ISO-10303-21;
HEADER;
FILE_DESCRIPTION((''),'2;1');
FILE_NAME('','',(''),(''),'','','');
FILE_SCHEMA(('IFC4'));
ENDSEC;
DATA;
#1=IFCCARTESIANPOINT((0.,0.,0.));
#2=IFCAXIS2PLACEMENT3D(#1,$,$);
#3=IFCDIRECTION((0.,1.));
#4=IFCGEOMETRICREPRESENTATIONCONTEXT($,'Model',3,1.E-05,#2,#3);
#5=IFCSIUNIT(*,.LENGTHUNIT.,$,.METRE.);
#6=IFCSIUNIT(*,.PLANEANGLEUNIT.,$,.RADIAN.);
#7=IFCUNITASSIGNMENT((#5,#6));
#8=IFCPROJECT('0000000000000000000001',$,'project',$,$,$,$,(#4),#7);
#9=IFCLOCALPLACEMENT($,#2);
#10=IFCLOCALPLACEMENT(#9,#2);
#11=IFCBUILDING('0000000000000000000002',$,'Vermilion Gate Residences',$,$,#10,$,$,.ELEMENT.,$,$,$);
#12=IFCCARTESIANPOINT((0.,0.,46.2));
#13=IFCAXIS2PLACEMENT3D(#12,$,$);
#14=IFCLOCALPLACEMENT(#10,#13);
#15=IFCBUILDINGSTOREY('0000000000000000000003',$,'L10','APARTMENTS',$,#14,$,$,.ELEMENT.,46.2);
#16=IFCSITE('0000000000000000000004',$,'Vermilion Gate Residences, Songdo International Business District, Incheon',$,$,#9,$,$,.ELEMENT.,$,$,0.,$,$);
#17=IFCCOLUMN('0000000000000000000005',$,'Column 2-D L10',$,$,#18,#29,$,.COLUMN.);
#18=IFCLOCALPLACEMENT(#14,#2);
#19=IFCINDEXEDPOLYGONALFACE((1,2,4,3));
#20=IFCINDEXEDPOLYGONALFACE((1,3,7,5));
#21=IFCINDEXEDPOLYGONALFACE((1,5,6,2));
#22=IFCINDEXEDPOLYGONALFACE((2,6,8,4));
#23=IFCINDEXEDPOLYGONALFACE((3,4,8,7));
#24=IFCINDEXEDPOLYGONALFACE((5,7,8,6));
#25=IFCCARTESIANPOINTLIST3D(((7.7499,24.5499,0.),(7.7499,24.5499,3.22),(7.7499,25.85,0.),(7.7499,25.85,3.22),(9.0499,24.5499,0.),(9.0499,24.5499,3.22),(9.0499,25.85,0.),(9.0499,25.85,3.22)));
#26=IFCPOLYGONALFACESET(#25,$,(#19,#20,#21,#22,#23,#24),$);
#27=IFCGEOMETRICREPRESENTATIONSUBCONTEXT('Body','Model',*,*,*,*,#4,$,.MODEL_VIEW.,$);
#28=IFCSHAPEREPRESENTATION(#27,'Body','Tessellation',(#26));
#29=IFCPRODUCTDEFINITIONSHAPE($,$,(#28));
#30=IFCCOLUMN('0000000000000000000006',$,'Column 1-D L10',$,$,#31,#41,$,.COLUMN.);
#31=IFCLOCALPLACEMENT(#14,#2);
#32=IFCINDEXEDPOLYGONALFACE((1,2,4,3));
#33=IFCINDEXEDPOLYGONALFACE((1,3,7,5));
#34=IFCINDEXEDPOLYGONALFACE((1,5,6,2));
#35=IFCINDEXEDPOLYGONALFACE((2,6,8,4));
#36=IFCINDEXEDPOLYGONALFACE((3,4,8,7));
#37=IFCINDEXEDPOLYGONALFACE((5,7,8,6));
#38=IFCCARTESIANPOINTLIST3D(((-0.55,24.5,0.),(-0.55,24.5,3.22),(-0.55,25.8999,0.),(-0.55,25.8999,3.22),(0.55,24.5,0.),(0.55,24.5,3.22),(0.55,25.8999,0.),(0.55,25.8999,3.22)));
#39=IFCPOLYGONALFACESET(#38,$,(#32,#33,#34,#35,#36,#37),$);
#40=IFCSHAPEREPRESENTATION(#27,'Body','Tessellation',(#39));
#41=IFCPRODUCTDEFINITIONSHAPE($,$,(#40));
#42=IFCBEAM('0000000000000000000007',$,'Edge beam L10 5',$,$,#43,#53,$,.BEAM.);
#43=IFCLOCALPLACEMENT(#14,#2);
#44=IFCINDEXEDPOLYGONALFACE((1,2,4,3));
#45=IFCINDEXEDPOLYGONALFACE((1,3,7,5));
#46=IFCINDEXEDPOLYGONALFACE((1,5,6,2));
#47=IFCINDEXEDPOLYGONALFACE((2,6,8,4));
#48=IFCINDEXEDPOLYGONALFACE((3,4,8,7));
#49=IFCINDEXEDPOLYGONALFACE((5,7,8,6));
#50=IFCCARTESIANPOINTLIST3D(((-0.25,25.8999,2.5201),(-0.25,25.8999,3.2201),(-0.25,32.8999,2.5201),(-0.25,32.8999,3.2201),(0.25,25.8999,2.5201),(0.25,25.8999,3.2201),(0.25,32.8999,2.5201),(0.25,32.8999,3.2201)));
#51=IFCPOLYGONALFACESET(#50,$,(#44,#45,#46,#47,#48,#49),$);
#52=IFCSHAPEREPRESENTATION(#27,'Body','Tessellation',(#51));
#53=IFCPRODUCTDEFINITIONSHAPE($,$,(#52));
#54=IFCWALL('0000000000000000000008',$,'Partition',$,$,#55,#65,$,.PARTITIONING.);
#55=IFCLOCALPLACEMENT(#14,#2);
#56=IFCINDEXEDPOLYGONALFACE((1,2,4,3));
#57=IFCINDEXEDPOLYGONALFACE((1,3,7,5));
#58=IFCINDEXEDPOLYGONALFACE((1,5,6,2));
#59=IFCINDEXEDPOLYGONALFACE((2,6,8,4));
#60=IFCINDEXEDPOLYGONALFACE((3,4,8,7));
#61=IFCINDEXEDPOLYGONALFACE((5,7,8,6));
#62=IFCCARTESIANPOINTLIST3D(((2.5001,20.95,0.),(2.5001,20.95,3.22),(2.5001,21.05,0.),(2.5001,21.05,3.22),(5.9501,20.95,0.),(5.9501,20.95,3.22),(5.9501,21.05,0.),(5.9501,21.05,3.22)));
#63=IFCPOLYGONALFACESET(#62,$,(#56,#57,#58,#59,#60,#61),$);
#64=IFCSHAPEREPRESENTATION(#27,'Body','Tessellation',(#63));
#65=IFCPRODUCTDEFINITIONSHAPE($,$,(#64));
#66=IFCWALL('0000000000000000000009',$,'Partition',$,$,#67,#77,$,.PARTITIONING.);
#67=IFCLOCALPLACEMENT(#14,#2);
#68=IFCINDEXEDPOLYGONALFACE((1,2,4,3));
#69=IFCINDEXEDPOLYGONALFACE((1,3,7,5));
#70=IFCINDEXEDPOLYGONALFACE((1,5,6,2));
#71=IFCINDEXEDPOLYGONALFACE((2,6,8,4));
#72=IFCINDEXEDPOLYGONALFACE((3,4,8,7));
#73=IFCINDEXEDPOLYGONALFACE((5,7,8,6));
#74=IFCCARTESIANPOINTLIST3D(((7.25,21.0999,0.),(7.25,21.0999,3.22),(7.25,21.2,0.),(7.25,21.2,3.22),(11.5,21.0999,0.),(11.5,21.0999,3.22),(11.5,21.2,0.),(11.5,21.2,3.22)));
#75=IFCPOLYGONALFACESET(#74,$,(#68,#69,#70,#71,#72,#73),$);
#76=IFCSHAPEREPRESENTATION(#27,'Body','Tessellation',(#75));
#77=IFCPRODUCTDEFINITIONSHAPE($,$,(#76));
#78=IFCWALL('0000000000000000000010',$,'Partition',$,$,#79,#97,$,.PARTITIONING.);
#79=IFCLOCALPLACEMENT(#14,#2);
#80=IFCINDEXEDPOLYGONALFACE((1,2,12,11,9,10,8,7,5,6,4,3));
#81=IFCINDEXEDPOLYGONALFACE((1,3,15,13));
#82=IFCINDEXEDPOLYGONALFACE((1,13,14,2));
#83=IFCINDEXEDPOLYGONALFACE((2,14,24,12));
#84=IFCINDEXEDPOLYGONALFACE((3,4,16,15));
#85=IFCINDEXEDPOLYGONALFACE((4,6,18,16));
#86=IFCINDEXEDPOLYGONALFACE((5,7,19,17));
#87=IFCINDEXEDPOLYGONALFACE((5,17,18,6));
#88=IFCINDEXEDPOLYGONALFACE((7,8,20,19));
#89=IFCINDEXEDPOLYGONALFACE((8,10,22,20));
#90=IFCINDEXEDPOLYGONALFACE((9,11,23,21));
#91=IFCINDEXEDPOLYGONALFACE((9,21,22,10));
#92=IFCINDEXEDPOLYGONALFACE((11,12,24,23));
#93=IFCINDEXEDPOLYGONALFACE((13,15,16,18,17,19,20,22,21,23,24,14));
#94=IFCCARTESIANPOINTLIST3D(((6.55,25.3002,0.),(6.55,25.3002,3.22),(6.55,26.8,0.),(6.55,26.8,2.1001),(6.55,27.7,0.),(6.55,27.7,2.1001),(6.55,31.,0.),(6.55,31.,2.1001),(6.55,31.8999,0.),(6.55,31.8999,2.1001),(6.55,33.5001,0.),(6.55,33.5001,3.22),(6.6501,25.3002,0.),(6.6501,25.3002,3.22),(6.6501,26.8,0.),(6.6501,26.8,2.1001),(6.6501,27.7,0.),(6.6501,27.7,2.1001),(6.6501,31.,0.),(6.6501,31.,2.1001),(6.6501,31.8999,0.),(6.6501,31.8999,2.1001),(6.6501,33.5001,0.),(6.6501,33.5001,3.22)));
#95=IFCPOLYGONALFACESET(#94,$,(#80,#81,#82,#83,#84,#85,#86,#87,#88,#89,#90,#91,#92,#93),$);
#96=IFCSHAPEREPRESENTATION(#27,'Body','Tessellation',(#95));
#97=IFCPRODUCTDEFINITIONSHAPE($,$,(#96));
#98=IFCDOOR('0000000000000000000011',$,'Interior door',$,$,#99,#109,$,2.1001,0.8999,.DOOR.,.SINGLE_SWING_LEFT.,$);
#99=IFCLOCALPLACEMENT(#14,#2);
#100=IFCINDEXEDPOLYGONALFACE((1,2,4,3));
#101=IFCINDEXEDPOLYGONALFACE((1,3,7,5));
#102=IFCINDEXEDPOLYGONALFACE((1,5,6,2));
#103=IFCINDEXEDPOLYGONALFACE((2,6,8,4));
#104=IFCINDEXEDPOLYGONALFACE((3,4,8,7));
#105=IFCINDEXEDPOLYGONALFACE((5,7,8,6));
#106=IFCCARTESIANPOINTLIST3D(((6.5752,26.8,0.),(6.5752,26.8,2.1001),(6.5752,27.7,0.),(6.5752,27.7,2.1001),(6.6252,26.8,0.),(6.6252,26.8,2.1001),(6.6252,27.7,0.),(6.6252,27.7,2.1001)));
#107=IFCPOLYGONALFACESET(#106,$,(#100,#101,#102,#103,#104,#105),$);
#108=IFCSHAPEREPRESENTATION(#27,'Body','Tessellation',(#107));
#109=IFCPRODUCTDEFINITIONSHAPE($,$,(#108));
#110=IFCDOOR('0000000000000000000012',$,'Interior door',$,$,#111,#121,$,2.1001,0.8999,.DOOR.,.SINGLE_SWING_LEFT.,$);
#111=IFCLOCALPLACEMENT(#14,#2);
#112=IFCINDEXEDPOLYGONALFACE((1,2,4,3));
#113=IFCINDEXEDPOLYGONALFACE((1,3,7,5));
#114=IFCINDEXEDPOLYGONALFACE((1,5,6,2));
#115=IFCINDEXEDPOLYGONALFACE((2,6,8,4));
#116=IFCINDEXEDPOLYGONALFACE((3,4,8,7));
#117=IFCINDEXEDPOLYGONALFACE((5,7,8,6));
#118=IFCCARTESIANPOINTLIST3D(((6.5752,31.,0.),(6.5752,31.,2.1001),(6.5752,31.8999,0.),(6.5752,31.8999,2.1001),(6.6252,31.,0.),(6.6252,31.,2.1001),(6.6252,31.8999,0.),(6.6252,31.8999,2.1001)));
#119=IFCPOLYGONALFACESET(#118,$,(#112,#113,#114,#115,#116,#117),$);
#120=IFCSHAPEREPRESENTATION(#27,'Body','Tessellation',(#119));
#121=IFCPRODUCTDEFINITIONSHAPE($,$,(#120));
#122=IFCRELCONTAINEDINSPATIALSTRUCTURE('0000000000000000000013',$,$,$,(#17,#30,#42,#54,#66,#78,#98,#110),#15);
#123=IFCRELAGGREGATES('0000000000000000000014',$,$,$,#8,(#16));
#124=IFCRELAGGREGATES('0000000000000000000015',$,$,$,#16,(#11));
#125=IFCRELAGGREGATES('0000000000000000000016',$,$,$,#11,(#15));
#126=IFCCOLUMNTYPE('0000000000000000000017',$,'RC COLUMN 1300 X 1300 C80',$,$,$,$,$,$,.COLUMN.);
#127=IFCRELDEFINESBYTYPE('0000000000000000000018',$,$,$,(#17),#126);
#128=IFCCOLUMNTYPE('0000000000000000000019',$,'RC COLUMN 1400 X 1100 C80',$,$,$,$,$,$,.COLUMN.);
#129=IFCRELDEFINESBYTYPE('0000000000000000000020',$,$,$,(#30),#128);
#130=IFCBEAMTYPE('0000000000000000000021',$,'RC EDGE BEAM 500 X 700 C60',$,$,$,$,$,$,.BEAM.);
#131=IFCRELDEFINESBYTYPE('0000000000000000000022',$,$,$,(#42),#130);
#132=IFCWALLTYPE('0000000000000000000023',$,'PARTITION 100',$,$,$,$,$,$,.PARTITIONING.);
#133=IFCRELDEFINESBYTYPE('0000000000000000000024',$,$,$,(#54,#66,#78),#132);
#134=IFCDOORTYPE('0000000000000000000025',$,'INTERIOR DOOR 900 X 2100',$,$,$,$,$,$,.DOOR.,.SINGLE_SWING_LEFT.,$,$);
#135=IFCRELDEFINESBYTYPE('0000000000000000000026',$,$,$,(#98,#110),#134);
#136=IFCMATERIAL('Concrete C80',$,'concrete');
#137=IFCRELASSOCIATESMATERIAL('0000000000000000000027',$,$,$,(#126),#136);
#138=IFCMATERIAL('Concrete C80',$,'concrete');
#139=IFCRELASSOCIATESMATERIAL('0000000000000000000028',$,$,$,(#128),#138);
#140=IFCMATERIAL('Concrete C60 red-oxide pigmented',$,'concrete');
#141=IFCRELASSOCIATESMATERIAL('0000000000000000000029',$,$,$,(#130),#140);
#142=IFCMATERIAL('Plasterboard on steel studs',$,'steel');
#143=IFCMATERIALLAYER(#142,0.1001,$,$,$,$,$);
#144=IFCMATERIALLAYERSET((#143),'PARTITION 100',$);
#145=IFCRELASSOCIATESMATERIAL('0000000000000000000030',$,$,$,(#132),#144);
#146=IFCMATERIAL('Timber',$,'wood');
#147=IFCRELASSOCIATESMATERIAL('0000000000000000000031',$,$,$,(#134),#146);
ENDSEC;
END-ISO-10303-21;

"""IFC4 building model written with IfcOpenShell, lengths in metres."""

from ifc_helpers import new_model, si_unit, direction, frame, frame_2d, origin, origin_2d, place, context, subcontext, project, spatial, rectangle, extrude, material, layer, layer_set, material_profile, profile_set, type_object, element, fill, save


model = new_model("IFC4")

# Units and contexts
model_context = context("Model", 3, precision=1e-05, world=origin(), true_north=direction((0.0, 1.0)))
body_context = subcontext(model_context, "Body", "Model", "MODEL_VIEW")
ifc_project = project(units=[si_unit("LENGTHUNIT", "METRE"), si_unit("PLANEANGLEUNIT", "RADIAN")], contexts=[model_context])

# Site, building, storey
site_placement = place(None, origin())
site = spatial("IfcSite", under=ifc_project, at=site_placement, Name="Vermilion Gate Residences, Songdo International Business District, Incheon", CompositionType="ELEMENT", RefElevation=0.0)
building_placement = place(site_placement, origin())
building = spatial("IfcBuilding", under=site, at=building_placement, Name="Vermilion Gate Residences", CompositionType="ELEMENT")
storey_placement = place(building_placement, frame((0.0, 0.0, 46.2)))
storey = spatial("IfcBuildingStorey", under=building, at=storey_placement, Name="L10", Description="APARTMENTS", CompositionType="ELEMENT", Elevation=46.2)

# Columns
ifc_material_1 = material(Name="Concrete C80", Category="concrete")
ifc_material_profile_1 = material_profile(ifc_material_1, rectangle(XDim=1.3, YDim=1.3, at=origin_2d()), Name="RC-1300x1300")
ifc_profile_set_1 = profile_set([ifc_material_profile_1], Name="Concrete C80")
column_type_1 = type_object("IfcColumnType", Name="RC COLUMN 1300 X 1300 C80", PredefinedType="COLUMN", material=ifc_profile_set_1)
column_1_placement = place(storey_placement, frame((8.3999, 25.2, 0.0), z_axis=(0.0, 0.0, 1.0), x_axis=(1.0, 0.0, 0.0)))
element("IfcColumn", 1, at=column_1_placement, inside=storey, type_object=column_type_1, Name="Column 2-D L10", PredefinedType="COLUMN", context=body_context, shape_type="SweptSolid", body=[
    extrude(rectangle(XDim=1.3, YDim=1.3, at=origin_2d()), origin(), (0.0, 0.0, 1.0), 3.22),
])
ifc_material_2 = material(Name="Concrete C80", Category="concrete")
ifc_material_profile_2 = material_profile(ifc_material_2, rectangle(XDim=1.3999, YDim=1.1001, at=origin_2d()), Name="RC-1400x1100")
ifc_profile_set_2 = profile_set([ifc_material_profile_2], Name="Concrete C80")
column_type_2 = type_object("IfcColumnType", Name="RC COLUMN 1400 X 1100 C80", PredefinedType="COLUMN", material=ifc_profile_set_2)
column_2_placement = place(storey_placement, frame((0.0, 25.2, 0.0), z_axis=(0.0, 0.0, 1.0), x_axis=(0.0, 1.0, 0.0)))
element("IfcColumn", 2, at=column_2_placement, inside=storey, type_object=column_type_2, Name="Column 1-D L10", PredefinedType="COLUMN", context=body_context, shape_type="SweptSolid", body=[
    extrude(rectangle(XDim=1.3999, YDim=1.1001, at=origin_2d()), origin(), (0.0, 0.0, 1.0), 3.22),
])

# Beam
ifc_material_3 = material(Name="Concrete C60 red-oxide pigmented", Category="concrete")
ifc_material_profile_3 = material_profile(ifc_material_3, rectangle(XDim=0.5, YDim=0.7, at=origin_2d()), Name="RC-500x700")
ifc_profile_set_3 = profile_set([ifc_material_profile_3], Name="Concrete C60 red-oxide pigmented")
beam_type = type_object("IfcBeamType", Name="RC EDGE BEAM 500 X 700 C60", PredefinedType="BEAM", material=ifc_profile_set_3)
beam_placement = place(storey_placement, frame((0.0, 25.8999, 2.8701), z_axis=(0.0, 1.0, 0.0), x_axis=(-1.0, 0.0, 0.0)))
element("IfcBeam", 3, at=beam_placement, inside=storey, type_object=beam_type, Name="Edge beam L10 5", PredefinedType="BEAM", context=body_context, shape_type="SweptSolid", body=[
    extrude(rectangle(XDim=0.5, YDim=0.7, at=origin_2d()), origin(), (0.0, 0.0, 1.0), 7.0),
])

# Walls
ifc_material_4 = material(Name="Plasterboard on steel studs", Category="steel")
ifc_layer_1 = layer(ifc_material_4, 0.1001)
ifc_layer_set_1 = layer_set([ifc_layer_1], Name="PARTITION 100")
wall_type_1 = type_object("IfcWallType", Name="PARTITION 100", PredefinedType="PARTITIONING", material=ifc_layer_set_1)
wall_1_placement = place(storey_placement, frame((2.5, 21.0, 0.0), z_axis=(0.0, 0.0, 1.0), x_axis=(1.0, 0.0, 0.0)))
element("IfcWall", 4, at=wall_1_placement, inside=storey, type_object=wall_type_1, Name="Partition", PredefinedType="PARTITIONING", context=body_context, shape_type="SweptSolid", body=[
    extrude(rectangle(XDim=3.45, YDim=0.1001, at=frame_2d((1.7251, 0.0))), origin(), (0.0, 0.0, 1.0), 3.22),
])
wall_2_placement = place(storey_placement, frame((7.25, 21.1499, 0.0), z_axis=(0.0, 0.0, 1.0), x_axis=(1.0, 0.0, 0.0)))
element("IfcWall", 5, at=wall_2_placement, inside=storey, type_object=wall_type_1, Name="Partition", PredefinedType="PARTITIONING", context=body_context, shape_type="SweptSolid", body=[
    extrude(rectangle(XDim=4.25, YDim=0.1001, at=frame_2d((2.125, 0.0))), origin(), (0.0, 0.0, 1.0), 3.22),
])

# Wall, openings, doors
wall_3_placement = place(storey_placement, frame((6.6001, 25.3, 0.0), z_axis=(0.0, 0.0, 1.0), x_axis=(0.0, 1.0, 0.0)))
wall_3 = element("IfcWall", 6, at=wall_3_placement, inside=storey, type_object=wall_type_1, Name="Partition", PredefinedType="PARTITIONING", context=body_context, shape_type="SweptSolid", body=[
    extrude(rectangle(XDim=8.2, YDim=0.1001, at=frame_2d((4.1001, 0.0))), origin(), (0.0, 0.0, 1.0), 3.22),
])
opening_1_placement = place(wall_3_placement, frame((1.5, 0.0, 0.0)))
opening_1 = element("IfcOpeningElement", 7, at=opening_1_placement, cuts=wall_3, PredefinedType="OPENING", context=body_context, shape_type="SweptSolid", body=[
    extrude(rectangle(XDim=0.8999, YDim=2.1001, at=frame_2d((0.45, 1.05))), frame((0.0, 0.0601, 0.0), z_axis=(0.0, -1.0, 0.0), x_axis=(1.0, 0.0, 0.0)), (0.0, 0.0, 1.0), 0.1201),
])
opening_2_placement = place(wall_3_placement, frame((5.7, 0.0, 0.0)))
opening_2 = element("IfcOpeningElement", 8, at=opening_2_placement, cuts=wall_3, PredefinedType="OPENING", context=body_context, shape_type="SweptSolid", body=[
    extrude(rectangle(XDim=0.8999, YDim=2.1001, at=frame_2d((0.45, 1.05))), frame((0.0, 0.0601, 0.0), z_axis=(0.0, -1.0, 0.0), x_axis=(1.0, 0.0, 0.0)), (0.0, 0.0, 1.0), 0.1201),
])
ifc_material_5 = material(Name="Timber", Category="wood")
door_type = type_object("IfcDoorType", Name="INTERIOR DOOR 900 X 2100", OperationType="SINGLE_SWING_LEFT", PredefinedType="DOOR", material=ifc_material_5)
door_1_placement = place(opening_1_placement, origin())
door_1 = element("IfcDoor", 9, at=door_1_placement, inside=storey, type_object=door_type, Name="Interior door", OperationType="SINGLE_SWING_LEFT", OverallHeight=2.1001, OverallWidth=0.8999, PredefinedType="DOOR", context=body_context, shape_type="SweptSolid", body=[
    extrude(rectangle(XDim=0.8999, YDim=2.1001, at=frame_2d((0.45, 1.05))), frame((0.0, 0.0249, 0.0), z_axis=(0.0, -1.0, 0.0), x_axis=(1.0, 0.0, 0.0)), (0.0, 0.0, 1.0), 0.05),
])
fill(opening_1, door_1)
door_2_placement = place(opening_2_placement, origin())
door_2 = element("IfcDoor", 10, at=door_2_placement, inside=storey, type_object=door_type, Name="Interior door", OperationType="SINGLE_SWING_LEFT", OverallHeight=2.1001, OverallWidth=0.8999, PredefinedType="DOOR", context=body_context, shape_type="SweptSolid", body=[
    extrude(rectangle(XDim=0.8999, YDim=2.1001, at=frame_2d((0.45, 1.05))), frame((0.0, 0.0249, 0.0), z_axis=(0.0, -1.0, 0.0), x_axis=(1.0, 0.0, 0.0)), (0.0, 0.0, 1.0), 0.05),
])
fill(opening_2, door_2)

save(model, "model.ifc")
